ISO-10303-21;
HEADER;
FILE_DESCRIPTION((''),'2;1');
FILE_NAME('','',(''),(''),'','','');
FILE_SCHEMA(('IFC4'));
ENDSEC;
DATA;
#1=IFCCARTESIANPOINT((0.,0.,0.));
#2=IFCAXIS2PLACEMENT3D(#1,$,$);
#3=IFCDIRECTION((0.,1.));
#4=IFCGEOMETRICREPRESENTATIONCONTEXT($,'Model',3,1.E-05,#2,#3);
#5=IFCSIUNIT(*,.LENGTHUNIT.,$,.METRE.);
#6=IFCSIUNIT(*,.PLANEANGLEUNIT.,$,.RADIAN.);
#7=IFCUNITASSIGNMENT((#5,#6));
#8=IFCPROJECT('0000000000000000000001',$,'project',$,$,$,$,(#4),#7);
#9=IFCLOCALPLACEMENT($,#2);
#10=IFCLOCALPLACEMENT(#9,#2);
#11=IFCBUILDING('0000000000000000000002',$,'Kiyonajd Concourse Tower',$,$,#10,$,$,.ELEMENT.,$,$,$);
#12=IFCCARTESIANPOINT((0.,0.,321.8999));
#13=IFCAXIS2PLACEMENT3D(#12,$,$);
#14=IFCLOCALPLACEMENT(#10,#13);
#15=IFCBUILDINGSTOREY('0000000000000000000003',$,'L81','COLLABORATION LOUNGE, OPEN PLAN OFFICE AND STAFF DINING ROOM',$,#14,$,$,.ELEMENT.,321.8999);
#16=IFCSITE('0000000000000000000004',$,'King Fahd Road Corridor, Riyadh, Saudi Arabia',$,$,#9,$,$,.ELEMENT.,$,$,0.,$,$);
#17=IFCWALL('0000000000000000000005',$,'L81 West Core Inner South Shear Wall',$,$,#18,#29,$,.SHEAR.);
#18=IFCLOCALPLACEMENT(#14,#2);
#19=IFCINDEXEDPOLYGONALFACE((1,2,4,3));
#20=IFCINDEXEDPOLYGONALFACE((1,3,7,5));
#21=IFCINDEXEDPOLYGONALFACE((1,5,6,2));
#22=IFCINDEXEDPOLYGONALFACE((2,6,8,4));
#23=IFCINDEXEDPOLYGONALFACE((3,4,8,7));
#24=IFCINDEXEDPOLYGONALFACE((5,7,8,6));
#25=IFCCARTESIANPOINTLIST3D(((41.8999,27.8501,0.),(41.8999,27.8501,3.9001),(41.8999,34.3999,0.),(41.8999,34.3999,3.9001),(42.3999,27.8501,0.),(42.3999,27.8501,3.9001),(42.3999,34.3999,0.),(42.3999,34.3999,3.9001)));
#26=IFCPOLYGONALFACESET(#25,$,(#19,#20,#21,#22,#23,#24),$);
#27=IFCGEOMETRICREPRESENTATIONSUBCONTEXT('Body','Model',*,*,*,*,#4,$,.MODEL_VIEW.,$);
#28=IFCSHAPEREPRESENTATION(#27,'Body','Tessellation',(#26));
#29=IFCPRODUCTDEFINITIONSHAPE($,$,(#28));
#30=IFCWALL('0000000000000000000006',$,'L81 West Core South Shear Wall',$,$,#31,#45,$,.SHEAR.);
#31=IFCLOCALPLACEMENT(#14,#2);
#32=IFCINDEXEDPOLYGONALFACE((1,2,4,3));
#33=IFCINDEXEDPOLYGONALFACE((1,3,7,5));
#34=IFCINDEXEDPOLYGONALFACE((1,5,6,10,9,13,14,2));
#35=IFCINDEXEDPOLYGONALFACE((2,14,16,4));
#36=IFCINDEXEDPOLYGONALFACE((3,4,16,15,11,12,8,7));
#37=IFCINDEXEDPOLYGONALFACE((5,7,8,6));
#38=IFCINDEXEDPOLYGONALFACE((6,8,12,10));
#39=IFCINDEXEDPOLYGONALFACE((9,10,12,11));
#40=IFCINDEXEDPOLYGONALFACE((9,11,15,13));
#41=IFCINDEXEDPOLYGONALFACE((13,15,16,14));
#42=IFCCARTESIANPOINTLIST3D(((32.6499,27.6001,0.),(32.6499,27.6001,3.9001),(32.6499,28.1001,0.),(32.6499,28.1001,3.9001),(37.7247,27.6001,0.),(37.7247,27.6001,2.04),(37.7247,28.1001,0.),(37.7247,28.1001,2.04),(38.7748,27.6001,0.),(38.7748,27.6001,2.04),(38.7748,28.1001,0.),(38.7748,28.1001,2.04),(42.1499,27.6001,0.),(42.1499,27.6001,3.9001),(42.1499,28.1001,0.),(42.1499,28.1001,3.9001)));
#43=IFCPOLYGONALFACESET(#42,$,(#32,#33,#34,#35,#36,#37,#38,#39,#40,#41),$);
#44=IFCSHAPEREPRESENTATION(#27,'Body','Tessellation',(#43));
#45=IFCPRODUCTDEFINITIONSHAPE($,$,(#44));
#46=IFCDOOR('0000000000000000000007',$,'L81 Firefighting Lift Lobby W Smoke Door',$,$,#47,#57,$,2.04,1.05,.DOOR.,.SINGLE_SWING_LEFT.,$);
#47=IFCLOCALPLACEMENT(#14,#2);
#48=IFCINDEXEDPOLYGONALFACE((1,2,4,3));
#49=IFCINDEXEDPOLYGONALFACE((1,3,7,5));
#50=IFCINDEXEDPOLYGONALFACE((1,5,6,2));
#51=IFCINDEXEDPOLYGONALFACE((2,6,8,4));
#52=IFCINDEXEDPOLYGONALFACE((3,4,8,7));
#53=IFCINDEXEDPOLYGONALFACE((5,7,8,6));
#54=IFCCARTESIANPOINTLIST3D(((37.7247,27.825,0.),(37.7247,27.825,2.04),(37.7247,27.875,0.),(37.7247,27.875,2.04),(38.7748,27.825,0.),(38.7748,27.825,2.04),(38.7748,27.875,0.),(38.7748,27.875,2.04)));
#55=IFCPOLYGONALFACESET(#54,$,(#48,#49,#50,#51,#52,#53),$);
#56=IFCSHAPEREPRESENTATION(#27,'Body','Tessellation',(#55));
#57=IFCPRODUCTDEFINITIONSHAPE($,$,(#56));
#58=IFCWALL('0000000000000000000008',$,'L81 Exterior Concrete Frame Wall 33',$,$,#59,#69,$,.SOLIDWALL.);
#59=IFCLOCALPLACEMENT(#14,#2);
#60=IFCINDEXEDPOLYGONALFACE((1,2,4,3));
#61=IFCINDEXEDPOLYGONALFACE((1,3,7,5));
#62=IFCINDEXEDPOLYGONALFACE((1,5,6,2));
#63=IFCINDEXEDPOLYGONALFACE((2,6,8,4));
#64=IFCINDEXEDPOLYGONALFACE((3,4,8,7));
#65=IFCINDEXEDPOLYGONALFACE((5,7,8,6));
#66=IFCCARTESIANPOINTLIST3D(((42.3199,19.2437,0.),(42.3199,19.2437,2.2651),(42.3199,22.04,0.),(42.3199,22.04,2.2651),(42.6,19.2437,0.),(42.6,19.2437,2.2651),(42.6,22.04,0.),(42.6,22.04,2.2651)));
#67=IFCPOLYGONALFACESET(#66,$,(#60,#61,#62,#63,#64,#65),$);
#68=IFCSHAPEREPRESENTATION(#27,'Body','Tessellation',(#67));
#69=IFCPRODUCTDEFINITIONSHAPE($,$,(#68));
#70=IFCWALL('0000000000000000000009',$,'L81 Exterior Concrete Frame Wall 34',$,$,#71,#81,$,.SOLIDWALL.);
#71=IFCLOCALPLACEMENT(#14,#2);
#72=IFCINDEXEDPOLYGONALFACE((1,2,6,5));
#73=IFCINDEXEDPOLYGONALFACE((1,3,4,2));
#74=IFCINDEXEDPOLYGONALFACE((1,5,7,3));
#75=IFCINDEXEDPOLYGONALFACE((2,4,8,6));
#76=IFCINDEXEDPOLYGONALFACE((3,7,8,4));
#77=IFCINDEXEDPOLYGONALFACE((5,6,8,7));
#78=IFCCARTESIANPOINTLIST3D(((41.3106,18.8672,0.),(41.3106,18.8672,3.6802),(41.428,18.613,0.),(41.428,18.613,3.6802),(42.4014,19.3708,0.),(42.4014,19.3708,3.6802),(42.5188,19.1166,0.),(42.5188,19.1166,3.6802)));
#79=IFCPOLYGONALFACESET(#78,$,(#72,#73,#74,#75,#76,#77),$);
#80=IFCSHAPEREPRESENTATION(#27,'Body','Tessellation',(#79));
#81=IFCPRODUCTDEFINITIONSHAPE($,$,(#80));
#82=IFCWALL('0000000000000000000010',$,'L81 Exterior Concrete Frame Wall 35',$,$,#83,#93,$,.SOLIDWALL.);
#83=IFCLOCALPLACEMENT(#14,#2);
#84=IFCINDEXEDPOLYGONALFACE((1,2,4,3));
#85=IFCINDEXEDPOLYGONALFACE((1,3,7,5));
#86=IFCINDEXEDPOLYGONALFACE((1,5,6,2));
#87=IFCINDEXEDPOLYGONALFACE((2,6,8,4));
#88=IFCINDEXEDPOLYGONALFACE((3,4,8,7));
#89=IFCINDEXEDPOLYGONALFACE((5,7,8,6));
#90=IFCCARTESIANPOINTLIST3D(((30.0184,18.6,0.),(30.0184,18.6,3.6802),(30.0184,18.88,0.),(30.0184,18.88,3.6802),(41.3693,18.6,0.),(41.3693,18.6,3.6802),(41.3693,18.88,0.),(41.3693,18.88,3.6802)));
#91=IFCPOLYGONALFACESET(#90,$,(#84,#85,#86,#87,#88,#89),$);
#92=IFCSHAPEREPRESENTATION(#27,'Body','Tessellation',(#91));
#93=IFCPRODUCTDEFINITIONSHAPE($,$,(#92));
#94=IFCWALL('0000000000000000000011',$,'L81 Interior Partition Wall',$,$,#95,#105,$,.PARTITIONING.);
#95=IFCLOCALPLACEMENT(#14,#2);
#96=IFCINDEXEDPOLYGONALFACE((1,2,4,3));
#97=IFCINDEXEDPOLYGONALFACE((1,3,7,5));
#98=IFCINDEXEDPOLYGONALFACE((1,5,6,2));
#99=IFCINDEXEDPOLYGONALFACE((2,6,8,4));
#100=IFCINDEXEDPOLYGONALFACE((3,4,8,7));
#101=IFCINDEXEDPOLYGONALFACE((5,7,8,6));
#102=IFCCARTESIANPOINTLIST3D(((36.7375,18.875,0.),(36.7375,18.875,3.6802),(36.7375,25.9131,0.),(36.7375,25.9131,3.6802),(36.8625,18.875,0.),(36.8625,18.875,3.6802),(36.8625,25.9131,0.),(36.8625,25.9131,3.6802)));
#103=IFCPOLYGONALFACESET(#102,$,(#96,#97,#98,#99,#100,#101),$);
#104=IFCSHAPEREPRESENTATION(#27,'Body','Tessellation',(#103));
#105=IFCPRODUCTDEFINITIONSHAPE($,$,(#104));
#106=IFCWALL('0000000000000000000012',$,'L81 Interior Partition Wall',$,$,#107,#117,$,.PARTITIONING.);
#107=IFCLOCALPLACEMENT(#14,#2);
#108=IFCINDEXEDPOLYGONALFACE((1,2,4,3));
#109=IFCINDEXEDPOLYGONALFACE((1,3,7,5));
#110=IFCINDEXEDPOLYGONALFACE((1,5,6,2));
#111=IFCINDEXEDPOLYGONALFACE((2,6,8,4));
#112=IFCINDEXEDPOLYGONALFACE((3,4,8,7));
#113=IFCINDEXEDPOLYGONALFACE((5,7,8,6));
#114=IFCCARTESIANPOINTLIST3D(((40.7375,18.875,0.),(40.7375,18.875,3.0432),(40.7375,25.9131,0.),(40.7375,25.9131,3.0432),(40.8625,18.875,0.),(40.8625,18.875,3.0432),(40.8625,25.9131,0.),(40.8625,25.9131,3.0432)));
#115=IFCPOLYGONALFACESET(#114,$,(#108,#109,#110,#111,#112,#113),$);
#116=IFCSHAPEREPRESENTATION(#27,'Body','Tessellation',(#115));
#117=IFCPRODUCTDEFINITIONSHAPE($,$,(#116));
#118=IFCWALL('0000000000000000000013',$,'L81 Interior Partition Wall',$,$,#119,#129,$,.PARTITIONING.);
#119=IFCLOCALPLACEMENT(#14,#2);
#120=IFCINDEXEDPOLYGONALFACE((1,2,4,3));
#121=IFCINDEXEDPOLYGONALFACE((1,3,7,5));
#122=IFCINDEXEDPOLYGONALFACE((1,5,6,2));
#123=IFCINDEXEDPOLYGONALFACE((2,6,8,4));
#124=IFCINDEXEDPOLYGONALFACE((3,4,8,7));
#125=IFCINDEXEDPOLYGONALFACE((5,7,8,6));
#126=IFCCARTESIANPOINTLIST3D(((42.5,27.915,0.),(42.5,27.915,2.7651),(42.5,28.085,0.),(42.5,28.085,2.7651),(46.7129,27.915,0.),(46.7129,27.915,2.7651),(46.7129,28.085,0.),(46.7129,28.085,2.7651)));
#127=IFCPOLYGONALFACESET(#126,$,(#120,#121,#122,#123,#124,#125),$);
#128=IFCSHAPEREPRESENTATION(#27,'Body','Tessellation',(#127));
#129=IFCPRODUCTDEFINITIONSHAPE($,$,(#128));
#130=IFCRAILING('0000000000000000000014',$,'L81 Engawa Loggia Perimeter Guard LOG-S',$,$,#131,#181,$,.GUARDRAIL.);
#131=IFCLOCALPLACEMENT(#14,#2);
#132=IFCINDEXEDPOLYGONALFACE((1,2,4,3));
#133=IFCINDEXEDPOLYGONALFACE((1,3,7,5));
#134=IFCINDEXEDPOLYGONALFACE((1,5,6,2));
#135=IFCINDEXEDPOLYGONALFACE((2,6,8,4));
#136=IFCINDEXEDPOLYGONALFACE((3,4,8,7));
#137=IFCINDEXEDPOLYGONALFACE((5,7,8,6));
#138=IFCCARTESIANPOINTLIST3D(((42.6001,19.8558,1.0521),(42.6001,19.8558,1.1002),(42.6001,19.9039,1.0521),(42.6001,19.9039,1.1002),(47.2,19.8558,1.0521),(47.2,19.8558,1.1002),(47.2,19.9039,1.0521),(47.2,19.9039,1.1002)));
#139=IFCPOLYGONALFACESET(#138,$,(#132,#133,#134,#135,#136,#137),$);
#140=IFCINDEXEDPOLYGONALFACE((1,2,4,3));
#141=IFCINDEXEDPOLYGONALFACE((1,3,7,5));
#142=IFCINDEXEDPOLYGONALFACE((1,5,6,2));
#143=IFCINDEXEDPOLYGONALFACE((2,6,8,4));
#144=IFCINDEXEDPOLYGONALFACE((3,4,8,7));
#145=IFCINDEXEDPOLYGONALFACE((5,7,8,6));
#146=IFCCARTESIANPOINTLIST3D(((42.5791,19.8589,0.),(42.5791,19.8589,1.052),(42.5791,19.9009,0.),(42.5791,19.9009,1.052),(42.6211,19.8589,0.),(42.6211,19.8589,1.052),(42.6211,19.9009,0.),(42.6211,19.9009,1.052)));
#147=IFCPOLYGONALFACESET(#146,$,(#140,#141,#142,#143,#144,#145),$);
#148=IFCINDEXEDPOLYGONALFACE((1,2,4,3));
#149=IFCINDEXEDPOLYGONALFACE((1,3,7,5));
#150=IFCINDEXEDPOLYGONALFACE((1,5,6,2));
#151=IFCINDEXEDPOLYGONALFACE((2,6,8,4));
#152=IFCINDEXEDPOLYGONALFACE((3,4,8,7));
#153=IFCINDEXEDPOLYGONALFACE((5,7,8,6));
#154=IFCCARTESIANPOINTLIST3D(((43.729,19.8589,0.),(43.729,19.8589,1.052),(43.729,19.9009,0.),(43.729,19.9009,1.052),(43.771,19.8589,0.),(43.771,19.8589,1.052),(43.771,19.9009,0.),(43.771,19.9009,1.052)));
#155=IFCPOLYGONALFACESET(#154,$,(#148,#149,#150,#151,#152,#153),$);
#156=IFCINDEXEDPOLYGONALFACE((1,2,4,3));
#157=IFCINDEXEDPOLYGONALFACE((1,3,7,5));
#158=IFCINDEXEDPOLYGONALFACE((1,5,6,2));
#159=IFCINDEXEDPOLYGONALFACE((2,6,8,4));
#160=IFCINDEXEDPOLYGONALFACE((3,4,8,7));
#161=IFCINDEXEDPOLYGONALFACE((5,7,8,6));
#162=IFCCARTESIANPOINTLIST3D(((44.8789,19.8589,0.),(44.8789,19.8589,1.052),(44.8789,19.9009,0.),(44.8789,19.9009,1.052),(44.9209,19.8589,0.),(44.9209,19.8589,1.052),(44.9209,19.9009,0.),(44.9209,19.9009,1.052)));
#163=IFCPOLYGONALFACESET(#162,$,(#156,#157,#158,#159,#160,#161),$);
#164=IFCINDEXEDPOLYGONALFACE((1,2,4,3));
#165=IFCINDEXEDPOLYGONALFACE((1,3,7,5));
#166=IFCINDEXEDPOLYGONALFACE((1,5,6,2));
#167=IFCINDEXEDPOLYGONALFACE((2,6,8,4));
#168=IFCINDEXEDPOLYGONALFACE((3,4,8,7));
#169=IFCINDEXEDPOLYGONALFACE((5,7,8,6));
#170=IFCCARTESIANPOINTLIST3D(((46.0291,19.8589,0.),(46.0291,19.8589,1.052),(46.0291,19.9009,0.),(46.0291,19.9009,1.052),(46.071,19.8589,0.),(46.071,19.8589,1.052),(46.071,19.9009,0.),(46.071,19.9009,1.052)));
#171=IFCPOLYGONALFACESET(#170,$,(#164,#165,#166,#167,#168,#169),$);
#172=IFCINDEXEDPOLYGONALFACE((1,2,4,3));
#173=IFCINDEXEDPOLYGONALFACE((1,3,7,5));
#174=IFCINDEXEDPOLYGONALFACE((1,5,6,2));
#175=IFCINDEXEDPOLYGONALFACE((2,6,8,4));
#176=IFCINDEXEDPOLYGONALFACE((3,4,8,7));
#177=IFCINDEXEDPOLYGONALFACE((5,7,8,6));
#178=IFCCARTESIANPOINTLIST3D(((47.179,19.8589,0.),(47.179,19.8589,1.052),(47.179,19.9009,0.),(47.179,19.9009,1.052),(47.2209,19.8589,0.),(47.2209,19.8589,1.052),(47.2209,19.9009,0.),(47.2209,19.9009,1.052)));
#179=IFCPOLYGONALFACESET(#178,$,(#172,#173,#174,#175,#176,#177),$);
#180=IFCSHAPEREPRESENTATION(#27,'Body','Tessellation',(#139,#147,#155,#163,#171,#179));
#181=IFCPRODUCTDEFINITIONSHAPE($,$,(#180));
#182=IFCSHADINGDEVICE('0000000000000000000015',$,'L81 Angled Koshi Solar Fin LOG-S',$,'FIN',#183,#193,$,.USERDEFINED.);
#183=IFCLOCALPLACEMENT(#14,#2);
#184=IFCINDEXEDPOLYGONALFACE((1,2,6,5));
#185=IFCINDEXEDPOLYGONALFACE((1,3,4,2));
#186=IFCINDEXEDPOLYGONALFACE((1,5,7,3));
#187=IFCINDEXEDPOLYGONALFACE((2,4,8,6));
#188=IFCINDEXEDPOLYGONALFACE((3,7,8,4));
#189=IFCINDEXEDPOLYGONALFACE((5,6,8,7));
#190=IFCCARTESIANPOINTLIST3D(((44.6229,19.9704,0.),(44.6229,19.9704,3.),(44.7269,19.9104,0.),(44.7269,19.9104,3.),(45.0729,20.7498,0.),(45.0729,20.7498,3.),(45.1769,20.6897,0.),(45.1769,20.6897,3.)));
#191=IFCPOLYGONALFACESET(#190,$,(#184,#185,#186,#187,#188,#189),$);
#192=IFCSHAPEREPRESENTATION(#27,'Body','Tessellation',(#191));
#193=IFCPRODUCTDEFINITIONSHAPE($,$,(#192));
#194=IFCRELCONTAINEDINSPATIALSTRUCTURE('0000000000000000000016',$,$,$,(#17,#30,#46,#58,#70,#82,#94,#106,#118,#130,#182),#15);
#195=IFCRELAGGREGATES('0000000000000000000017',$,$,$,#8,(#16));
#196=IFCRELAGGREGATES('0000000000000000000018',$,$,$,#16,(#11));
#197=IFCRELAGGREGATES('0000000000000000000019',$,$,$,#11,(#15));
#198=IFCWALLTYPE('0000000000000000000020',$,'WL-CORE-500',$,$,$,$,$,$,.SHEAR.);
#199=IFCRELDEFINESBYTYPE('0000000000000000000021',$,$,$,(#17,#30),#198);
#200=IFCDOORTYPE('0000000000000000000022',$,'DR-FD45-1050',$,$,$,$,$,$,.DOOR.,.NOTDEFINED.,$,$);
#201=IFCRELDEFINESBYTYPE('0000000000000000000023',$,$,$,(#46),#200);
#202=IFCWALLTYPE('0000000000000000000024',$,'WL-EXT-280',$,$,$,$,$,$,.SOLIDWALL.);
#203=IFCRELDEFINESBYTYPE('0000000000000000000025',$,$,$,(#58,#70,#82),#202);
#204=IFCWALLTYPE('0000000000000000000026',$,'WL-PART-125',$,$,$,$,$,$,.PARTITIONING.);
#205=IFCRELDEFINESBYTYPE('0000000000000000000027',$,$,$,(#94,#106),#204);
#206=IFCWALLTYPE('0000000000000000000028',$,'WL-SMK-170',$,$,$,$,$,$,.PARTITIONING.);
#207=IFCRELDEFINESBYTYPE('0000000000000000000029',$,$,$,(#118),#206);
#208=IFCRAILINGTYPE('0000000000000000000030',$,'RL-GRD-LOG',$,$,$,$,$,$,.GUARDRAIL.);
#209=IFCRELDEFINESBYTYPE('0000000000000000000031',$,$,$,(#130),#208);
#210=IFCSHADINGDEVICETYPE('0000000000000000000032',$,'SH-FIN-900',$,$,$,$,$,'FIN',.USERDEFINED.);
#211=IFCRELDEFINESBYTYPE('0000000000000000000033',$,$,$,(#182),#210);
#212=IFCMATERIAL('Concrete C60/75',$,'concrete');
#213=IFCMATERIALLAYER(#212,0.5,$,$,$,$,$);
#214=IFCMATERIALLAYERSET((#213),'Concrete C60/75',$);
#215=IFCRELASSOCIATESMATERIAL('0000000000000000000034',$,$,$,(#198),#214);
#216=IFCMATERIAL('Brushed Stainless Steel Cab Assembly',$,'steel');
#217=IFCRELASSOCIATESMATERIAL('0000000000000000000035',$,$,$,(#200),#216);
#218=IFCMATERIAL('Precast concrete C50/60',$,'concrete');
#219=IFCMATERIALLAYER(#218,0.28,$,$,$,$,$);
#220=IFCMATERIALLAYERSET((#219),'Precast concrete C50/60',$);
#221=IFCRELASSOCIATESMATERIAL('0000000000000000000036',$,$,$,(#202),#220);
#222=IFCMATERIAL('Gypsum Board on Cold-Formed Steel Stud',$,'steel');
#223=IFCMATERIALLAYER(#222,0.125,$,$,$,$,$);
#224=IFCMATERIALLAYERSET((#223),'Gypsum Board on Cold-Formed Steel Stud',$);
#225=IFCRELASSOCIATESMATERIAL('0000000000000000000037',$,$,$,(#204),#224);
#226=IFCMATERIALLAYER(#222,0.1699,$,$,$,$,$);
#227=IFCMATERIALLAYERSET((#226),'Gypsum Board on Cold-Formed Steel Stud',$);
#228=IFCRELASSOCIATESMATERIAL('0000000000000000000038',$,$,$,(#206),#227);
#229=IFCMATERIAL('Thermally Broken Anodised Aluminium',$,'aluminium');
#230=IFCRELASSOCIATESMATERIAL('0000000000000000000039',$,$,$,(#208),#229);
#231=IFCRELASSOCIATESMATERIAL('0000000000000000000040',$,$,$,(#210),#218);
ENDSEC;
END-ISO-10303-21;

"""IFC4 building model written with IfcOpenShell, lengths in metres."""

from ifc_helpers import new_model, si_unit, direction, frame, frame_2d, origin, origin_2d, place, context, subcontext, project, spatial, rectangle, extrude, material, layer, layer_set, type_object, element, fill, save


model = new_model("IFC4")

# Units and contexts
model_context = context("Model", 3, precision=1e-05, world=origin(), true_north=direction((0.0, 1.0)))
body_context = subcontext(model_context, "Body", "Model", "MODEL_VIEW")
ifc_project = project(units=[si_unit("LENGTHUNIT", "METRE"), si_unit("PLANEANGLEUNIT", "RADIAN")], contexts=[model_context])

# Site, building, storey
site_placement = place(None, origin())
site = spatial("IfcSite", under=ifc_project, at=site_placement, Name="King Fahd Road Corridor, Riyadh, Saudi Arabia", CompositionType="ELEMENT", RefElevation=0.0)
building_placement = place(site_placement, origin())
building = spatial("IfcBuilding", under=site, at=building_placement, Name="Kiyonajd Concourse Tower", CompositionType="ELEMENT")
storey_placement = place(building_placement, frame((0.0, 0.0, 321.8999)))
storey = spatial("IfcBuildingStorey", under=building, at=storey_placement, Name="L81", Description="COLLABORATION LOUNGE, OPEN PLAN OFFICE AND STAFF DINING ROOM", CompositionType="ELEMENT", Elevation=321.8999)

# Shared definitions
ifc_material_1 = material(Name="Concrete C60/75", Category="concrete")

# Shared definitions
ifc_material_2 = material(Name="Thermally Broken Anodised Aluminium", Category="aluminium")

# Wall
ifc_layer_1 = layer(ifc_material_1, 0.5)
ifc_layer_set_1 = layer_set([ifc_layer_1], Name="Concrete C60/75")
wall_type_1 = type_object("IfcWallType", Name="WL-CORE-500", PredefinedType="SHEAR", material=ifc_layer_set_1)
wall_1_placement = place(storey_placement, frame((42.1499, 27.8501, 0.0), z_axis=(0.0, 0.0, 1.0), x_axis=(0.0, 1.0, 0.0)))
element("IfcWall", 1, at=wall_1_placement, inside=storey, type_object=wall_type_1, Name="L81 West Core Inner South Shear Wall", PredefinedType="SHEAR", context=body_context, shape_type="SweptSolid", body=[
    extrude(rectangle(XDim=6.5498, YDim=0.5, at=frame_2d((3.2749, 0.0))), origin(), (0.0, 0.0, 1.0), 3.9001),
])

# Wall, opening, door
wall_2_placement = place(storey_placement, frame((32.6499, 27.8501, 0.0), z_axis=(0.0, 0.0, 1.0), x_axis=(1.0, 0.0, 0.0)))
wall_2 = element("IfcWall", 2, at=wall_2_placement, inside=storey, type_object=wall_type_1, Name="L81 West Core South Shear Wall", PredefinedType="SHEAR", context=body_context, shape_type="SweptSolid", body=[
    extrude(rectangle(XDim=9.5, YDim=0.5, at=frame_2d((4.75, 0.0))), origin(), (0.0, 0.0, 1.0), 3.9001),
])
opening_placement = place(wall_2_placement, frame((5.075, 0.0, 0.0)))
opening = element("IfcOpeningElement", 3, at=opening_placement, cuts=wall_2, PredefinedType="OPENING", context=body_context, shape_type="SweptSolid", body=[
    extrude(rectangle(XDim=1.05, YDim=2.04, at=frame_2d((0.5249, 1.02))), frame((0.0, 0.26, 0.0), z_axis=(0.0, -1.0, 0.0), x_axis=(1.0, 0.0, 0.0)), (0.0, 0.0, 1.0), 0.52),
])
ifc_material_3 = material(Name="Brushed Stainless Steel Cab Assembly", Category="steel")
door_type = type_object("IfcDoorType", Name="DR-FD45-1050", OperationType="NOTDEFINED", PredefinedType="DOOR", material=ifc_material_3)
door_placement = place(opening_placement, origin())
door = element("IfcDoor", 4, at=door_placement, inside=storey, type_object=door_type, Name="L81 Firefighting Lift Lobby W Smoke Door", OperationType="SINGLE_SWING_LEFT", OverallHeight=2.04, OverallWidth=1.05, PredefinedType="DOOR", context=body_context, shape_type="SweptSolid", body=[
    extrude(rectangle(XDim=1.05, YDim=2.04, at=frame_2d((0.5249, 1.02))), frame((0.0, 0.0249, 0.0), z_axis=(0.0, -1.0, 0.0), x_axis=(1.0, 0.0, 0.0)), (0.0, 0.0, 1.0), 0.05),
])
fill(opening, door)

# Walls
ifc_material_4 = material(Name="Precast concrete C50/60", Category="concrete")
ifc_layer_2 = layer(ifc_material_4, 0.28)
ifc_layer_set_2 = layer_set([ifc_layer_2], Name="Precast concrete C50/60")
wall_type_2 = type_object("IfcWallType", Name="WL-EXT-280", PredefinedType="SOLIDWALL", material=ifc_layer_set_2)
wall_3_placement = place(storey_placement, frame((42.46, 22.04, 0.0), z_axis=(0.0, 0.0, 1.0), x_axis=(0.0, -1.0, 0.0)))
element("IfcWall", 5, at=wall_3_placement, inside=storey, type_object=wall_type_2, Name="L81 Exterior Concrete Frame Wall 33", PredefinedType="SOLIDWALL", context=body_context, shape_type="SweptSolid", body=[
    extrude(rectangle(XDim=2.7964, YDim=0.28, at=frame_2d((1.3982, 0.0))), origin(), (0.0, 0.0, 1.0), 2.2651),
])
wall_4_placement = place(storey_placement, frame((42.46, 19.2437, 0.0), z_axis=(0.0, 0.0, 1.0), x_axis=(-0.907894, -0.4192, 0.0)))
element("IfcWall", 6, at=wall_4_placement, inside=storey, type_object=wall_type_2, Name="L81 Exterior Concrete Frame Wall 34", PredefinedType="SOLIDWALL", context=body_context, shape_type="SweptSolid", body=[
    extrude(rectangle(XDim=1.2014, YDim=0.28, at=frame_2d((0.6006, 0.0))), origin(), (0.0, 0.0, 1.0), 3.6802),
])
wall_5_placement = place(storey_placement, frame((41.3691, 18.74, 0.0), z_axis=(0.0, 0.0, 1.0), x_axis=(-1.0, 0.0, 0.0)))
element("IfcWall", 7, at=wall_5_placement, inside=storey, type_object=wall_type_2, Name="L81 Exterior Concrete Frame Wall 35", PredefinedType="SOLIDWALL", context=body_context, shape_type="SweptSolid", body=[
    extrude(rectangle(XDim=11.3508, YDim=0.28, at=frame_2d((5.6753, 0.0))), origin(), (0.0, 0.0, 1.0), 3.6802),
])
ifc_material_5 = material(Name="Gypsum Board on Cold-Formed Steel Stud", Category="steel")
ifc_layer_3 = layer(ifc_material_5, 0.125)
ifc_layer_set_3 = layer_set([ifc_layer_3], Name="Gypsum Board on Cold-Formed Steel Stud")
wall_type_3 = type_object("IfcWallType", Name="WL-PART-125", PredefinedType="PARTITIONING", material=ifc_layer_set_3)
wall_6_placement = place(storey_placement, frame((36.8, 18.875, 0.0), z_axis=(0.0, 0.0, 1.0), x_axis=(0.0, 1.0, 0.0)))
element("IfcWall", 8, at=wall_6_placement, inside=storey, type_object=wall_type_3, Name="L81 Interior Partition Wall", PredefinedType="PARTITIONING", context=body_context, shape_type="SweptSolid", body=[
    extrude(rectangle(XDim=7.0381, YDim=0.125, at=frame_2d((3.519, 0.0))), origin(), (0.0, 0.0, 1.0), 3.6802),
])
wall_7_placement = place(storey_placement, frame((40.8, 18.875, 0.0), z_axis=(0.0, 0.0, 1.0), x_axis=(0.0, 1.0, 0.0)))
element("IfcWall", 9, at=wall_7_placement, inside=storey, type_object=wall_type_3, Name="L81 Interior Partition Wall", PredefinedType="PARTITIONING", context=body_context, shape_type="SweptSolid", body=[
    extrude(rectangle(XDim=7.0381, YDim=0.125, at=frame_2d((3.519, 0.0))), origin(), (0.0, 0.0, 1.0), 3.0432),
])
ifc_layer_4 = layer(ifc_material_5, 0.1699)
ifc_layer_set_4 = layer_set([ifc_layer_4], Name="Gypsum Board on Cold-Formed Steel Stud")
wall_type_4 = type_object("IfcWallType", Name="WL-SMK-170", PredefinedType="PARTITIONING", material=ifc_layer_set_4)
wall_8_placement = place(storey_placement, frame((42.5, 28.0, 0.0), z_axis=(0.0, 0.0, 1.0), x_axis=(1.0, 0.0, 0.0)))
element("IfcWall", 10, at=wall_8_placement, inside=storey, type_object=wall_type_4, Name="L81 Interior Partition Wall", PredefinedType="PARTITIONING", context=body_context, shape_type="SweptSolid", body=[
    extrude(rectangle(XDim=4.2129, YDim=0.1699, at=frame_2d((2.1064, 0.0))), origin(), (0.0, 0.0, 1.0), 2.7651),
])

# Railing
railing_type = type_object("IfcRailingType", Name="RL-GRD-LOG", PredefinedType="GUARDRAIL", material=ifc_material_2)
railing_placement = place(storey_placement, frame((42.6001, 19.8799, 0.0)))
element("IfcRailing", 11, at=railing_placement, inside=storey, type_object=railing_type, Name="L81 Engawa Loggia Perimeter Guard LOG-S", PredefinedType="GUARDRAIL", context=body_context, shape_type="SweptSolid", body=[
    extrude(rectangle(XDim=0.0481, YDim=0.0481, at=origin_2d()), frame((0.0, 0.0, 1.0762), z_axis=(1.0, 0.0, 0.0), x_axis=(0.0, 1.0, 0.0)), (0.0, 0.0, 1.0), 4.5999),
    extrude(rectangle(XDim=0.042, YDim=0.042, at=origin_2d()), origin(), (0.0, 0.0, 1.0), 1.052),
    extrude(rectangle(XDim=0.042, YDim=0.042, at=origin_2d()), frame((1.1499, 0.0, 0.0)), (0.0, 0.0, 1.0), 1.052),
    extrude(rectangle(XDim=0.042, YDim=0.042, at=origin_2d()), frame((2.2998, 0.0, 0.0)), (0.0, 0.0, 1.0), 1.052),
    extrude(rectangle(XDim=0.042, YDim=0.042, at=origin_2d()), frame((3.45, 0.0, 0.0)), (0.0, 0.0, 1.0), 1.052),
    extrude(rectangle(XDim=0.042, YDim=0.042, at=origin_2d()), frame((4.5999, 0.0, 0.0)), (0.0, 0.0, 1.0), 1.052),
])

# Shading device
shading_device_type_1 = type_object("IfcShadingDeviceType", Name="SH-FIN-900", ElementType="FIN", PredefinedType="USERDEFINED", material=ifc_material_4)
shading_device_1_placement = place(storey_placement, frame((44.8999, 20.3301, 0.0), z_axis=(0.0, 0.0, 1.0), x_axis=(0.5, 0.866025, 0.0)))
element("IfcShadingDevice", 12, at=shading_device_1_placement, inside=storey, type_object=shading_device_type_1, Name="L81 Angled Koshi Solar Fin LOG-S", ObjectType="FIN", PredefinedType="USERDEFINED", context=body_context, shape_type="SweptSolid", body=[
    extrude(rectangle(XDim=0.8999, YDim=0.1201, at=origin_2d()), origin(), (0.0, 0.0, 1.0), 3.0),
])

save(model, "model.ifc")
